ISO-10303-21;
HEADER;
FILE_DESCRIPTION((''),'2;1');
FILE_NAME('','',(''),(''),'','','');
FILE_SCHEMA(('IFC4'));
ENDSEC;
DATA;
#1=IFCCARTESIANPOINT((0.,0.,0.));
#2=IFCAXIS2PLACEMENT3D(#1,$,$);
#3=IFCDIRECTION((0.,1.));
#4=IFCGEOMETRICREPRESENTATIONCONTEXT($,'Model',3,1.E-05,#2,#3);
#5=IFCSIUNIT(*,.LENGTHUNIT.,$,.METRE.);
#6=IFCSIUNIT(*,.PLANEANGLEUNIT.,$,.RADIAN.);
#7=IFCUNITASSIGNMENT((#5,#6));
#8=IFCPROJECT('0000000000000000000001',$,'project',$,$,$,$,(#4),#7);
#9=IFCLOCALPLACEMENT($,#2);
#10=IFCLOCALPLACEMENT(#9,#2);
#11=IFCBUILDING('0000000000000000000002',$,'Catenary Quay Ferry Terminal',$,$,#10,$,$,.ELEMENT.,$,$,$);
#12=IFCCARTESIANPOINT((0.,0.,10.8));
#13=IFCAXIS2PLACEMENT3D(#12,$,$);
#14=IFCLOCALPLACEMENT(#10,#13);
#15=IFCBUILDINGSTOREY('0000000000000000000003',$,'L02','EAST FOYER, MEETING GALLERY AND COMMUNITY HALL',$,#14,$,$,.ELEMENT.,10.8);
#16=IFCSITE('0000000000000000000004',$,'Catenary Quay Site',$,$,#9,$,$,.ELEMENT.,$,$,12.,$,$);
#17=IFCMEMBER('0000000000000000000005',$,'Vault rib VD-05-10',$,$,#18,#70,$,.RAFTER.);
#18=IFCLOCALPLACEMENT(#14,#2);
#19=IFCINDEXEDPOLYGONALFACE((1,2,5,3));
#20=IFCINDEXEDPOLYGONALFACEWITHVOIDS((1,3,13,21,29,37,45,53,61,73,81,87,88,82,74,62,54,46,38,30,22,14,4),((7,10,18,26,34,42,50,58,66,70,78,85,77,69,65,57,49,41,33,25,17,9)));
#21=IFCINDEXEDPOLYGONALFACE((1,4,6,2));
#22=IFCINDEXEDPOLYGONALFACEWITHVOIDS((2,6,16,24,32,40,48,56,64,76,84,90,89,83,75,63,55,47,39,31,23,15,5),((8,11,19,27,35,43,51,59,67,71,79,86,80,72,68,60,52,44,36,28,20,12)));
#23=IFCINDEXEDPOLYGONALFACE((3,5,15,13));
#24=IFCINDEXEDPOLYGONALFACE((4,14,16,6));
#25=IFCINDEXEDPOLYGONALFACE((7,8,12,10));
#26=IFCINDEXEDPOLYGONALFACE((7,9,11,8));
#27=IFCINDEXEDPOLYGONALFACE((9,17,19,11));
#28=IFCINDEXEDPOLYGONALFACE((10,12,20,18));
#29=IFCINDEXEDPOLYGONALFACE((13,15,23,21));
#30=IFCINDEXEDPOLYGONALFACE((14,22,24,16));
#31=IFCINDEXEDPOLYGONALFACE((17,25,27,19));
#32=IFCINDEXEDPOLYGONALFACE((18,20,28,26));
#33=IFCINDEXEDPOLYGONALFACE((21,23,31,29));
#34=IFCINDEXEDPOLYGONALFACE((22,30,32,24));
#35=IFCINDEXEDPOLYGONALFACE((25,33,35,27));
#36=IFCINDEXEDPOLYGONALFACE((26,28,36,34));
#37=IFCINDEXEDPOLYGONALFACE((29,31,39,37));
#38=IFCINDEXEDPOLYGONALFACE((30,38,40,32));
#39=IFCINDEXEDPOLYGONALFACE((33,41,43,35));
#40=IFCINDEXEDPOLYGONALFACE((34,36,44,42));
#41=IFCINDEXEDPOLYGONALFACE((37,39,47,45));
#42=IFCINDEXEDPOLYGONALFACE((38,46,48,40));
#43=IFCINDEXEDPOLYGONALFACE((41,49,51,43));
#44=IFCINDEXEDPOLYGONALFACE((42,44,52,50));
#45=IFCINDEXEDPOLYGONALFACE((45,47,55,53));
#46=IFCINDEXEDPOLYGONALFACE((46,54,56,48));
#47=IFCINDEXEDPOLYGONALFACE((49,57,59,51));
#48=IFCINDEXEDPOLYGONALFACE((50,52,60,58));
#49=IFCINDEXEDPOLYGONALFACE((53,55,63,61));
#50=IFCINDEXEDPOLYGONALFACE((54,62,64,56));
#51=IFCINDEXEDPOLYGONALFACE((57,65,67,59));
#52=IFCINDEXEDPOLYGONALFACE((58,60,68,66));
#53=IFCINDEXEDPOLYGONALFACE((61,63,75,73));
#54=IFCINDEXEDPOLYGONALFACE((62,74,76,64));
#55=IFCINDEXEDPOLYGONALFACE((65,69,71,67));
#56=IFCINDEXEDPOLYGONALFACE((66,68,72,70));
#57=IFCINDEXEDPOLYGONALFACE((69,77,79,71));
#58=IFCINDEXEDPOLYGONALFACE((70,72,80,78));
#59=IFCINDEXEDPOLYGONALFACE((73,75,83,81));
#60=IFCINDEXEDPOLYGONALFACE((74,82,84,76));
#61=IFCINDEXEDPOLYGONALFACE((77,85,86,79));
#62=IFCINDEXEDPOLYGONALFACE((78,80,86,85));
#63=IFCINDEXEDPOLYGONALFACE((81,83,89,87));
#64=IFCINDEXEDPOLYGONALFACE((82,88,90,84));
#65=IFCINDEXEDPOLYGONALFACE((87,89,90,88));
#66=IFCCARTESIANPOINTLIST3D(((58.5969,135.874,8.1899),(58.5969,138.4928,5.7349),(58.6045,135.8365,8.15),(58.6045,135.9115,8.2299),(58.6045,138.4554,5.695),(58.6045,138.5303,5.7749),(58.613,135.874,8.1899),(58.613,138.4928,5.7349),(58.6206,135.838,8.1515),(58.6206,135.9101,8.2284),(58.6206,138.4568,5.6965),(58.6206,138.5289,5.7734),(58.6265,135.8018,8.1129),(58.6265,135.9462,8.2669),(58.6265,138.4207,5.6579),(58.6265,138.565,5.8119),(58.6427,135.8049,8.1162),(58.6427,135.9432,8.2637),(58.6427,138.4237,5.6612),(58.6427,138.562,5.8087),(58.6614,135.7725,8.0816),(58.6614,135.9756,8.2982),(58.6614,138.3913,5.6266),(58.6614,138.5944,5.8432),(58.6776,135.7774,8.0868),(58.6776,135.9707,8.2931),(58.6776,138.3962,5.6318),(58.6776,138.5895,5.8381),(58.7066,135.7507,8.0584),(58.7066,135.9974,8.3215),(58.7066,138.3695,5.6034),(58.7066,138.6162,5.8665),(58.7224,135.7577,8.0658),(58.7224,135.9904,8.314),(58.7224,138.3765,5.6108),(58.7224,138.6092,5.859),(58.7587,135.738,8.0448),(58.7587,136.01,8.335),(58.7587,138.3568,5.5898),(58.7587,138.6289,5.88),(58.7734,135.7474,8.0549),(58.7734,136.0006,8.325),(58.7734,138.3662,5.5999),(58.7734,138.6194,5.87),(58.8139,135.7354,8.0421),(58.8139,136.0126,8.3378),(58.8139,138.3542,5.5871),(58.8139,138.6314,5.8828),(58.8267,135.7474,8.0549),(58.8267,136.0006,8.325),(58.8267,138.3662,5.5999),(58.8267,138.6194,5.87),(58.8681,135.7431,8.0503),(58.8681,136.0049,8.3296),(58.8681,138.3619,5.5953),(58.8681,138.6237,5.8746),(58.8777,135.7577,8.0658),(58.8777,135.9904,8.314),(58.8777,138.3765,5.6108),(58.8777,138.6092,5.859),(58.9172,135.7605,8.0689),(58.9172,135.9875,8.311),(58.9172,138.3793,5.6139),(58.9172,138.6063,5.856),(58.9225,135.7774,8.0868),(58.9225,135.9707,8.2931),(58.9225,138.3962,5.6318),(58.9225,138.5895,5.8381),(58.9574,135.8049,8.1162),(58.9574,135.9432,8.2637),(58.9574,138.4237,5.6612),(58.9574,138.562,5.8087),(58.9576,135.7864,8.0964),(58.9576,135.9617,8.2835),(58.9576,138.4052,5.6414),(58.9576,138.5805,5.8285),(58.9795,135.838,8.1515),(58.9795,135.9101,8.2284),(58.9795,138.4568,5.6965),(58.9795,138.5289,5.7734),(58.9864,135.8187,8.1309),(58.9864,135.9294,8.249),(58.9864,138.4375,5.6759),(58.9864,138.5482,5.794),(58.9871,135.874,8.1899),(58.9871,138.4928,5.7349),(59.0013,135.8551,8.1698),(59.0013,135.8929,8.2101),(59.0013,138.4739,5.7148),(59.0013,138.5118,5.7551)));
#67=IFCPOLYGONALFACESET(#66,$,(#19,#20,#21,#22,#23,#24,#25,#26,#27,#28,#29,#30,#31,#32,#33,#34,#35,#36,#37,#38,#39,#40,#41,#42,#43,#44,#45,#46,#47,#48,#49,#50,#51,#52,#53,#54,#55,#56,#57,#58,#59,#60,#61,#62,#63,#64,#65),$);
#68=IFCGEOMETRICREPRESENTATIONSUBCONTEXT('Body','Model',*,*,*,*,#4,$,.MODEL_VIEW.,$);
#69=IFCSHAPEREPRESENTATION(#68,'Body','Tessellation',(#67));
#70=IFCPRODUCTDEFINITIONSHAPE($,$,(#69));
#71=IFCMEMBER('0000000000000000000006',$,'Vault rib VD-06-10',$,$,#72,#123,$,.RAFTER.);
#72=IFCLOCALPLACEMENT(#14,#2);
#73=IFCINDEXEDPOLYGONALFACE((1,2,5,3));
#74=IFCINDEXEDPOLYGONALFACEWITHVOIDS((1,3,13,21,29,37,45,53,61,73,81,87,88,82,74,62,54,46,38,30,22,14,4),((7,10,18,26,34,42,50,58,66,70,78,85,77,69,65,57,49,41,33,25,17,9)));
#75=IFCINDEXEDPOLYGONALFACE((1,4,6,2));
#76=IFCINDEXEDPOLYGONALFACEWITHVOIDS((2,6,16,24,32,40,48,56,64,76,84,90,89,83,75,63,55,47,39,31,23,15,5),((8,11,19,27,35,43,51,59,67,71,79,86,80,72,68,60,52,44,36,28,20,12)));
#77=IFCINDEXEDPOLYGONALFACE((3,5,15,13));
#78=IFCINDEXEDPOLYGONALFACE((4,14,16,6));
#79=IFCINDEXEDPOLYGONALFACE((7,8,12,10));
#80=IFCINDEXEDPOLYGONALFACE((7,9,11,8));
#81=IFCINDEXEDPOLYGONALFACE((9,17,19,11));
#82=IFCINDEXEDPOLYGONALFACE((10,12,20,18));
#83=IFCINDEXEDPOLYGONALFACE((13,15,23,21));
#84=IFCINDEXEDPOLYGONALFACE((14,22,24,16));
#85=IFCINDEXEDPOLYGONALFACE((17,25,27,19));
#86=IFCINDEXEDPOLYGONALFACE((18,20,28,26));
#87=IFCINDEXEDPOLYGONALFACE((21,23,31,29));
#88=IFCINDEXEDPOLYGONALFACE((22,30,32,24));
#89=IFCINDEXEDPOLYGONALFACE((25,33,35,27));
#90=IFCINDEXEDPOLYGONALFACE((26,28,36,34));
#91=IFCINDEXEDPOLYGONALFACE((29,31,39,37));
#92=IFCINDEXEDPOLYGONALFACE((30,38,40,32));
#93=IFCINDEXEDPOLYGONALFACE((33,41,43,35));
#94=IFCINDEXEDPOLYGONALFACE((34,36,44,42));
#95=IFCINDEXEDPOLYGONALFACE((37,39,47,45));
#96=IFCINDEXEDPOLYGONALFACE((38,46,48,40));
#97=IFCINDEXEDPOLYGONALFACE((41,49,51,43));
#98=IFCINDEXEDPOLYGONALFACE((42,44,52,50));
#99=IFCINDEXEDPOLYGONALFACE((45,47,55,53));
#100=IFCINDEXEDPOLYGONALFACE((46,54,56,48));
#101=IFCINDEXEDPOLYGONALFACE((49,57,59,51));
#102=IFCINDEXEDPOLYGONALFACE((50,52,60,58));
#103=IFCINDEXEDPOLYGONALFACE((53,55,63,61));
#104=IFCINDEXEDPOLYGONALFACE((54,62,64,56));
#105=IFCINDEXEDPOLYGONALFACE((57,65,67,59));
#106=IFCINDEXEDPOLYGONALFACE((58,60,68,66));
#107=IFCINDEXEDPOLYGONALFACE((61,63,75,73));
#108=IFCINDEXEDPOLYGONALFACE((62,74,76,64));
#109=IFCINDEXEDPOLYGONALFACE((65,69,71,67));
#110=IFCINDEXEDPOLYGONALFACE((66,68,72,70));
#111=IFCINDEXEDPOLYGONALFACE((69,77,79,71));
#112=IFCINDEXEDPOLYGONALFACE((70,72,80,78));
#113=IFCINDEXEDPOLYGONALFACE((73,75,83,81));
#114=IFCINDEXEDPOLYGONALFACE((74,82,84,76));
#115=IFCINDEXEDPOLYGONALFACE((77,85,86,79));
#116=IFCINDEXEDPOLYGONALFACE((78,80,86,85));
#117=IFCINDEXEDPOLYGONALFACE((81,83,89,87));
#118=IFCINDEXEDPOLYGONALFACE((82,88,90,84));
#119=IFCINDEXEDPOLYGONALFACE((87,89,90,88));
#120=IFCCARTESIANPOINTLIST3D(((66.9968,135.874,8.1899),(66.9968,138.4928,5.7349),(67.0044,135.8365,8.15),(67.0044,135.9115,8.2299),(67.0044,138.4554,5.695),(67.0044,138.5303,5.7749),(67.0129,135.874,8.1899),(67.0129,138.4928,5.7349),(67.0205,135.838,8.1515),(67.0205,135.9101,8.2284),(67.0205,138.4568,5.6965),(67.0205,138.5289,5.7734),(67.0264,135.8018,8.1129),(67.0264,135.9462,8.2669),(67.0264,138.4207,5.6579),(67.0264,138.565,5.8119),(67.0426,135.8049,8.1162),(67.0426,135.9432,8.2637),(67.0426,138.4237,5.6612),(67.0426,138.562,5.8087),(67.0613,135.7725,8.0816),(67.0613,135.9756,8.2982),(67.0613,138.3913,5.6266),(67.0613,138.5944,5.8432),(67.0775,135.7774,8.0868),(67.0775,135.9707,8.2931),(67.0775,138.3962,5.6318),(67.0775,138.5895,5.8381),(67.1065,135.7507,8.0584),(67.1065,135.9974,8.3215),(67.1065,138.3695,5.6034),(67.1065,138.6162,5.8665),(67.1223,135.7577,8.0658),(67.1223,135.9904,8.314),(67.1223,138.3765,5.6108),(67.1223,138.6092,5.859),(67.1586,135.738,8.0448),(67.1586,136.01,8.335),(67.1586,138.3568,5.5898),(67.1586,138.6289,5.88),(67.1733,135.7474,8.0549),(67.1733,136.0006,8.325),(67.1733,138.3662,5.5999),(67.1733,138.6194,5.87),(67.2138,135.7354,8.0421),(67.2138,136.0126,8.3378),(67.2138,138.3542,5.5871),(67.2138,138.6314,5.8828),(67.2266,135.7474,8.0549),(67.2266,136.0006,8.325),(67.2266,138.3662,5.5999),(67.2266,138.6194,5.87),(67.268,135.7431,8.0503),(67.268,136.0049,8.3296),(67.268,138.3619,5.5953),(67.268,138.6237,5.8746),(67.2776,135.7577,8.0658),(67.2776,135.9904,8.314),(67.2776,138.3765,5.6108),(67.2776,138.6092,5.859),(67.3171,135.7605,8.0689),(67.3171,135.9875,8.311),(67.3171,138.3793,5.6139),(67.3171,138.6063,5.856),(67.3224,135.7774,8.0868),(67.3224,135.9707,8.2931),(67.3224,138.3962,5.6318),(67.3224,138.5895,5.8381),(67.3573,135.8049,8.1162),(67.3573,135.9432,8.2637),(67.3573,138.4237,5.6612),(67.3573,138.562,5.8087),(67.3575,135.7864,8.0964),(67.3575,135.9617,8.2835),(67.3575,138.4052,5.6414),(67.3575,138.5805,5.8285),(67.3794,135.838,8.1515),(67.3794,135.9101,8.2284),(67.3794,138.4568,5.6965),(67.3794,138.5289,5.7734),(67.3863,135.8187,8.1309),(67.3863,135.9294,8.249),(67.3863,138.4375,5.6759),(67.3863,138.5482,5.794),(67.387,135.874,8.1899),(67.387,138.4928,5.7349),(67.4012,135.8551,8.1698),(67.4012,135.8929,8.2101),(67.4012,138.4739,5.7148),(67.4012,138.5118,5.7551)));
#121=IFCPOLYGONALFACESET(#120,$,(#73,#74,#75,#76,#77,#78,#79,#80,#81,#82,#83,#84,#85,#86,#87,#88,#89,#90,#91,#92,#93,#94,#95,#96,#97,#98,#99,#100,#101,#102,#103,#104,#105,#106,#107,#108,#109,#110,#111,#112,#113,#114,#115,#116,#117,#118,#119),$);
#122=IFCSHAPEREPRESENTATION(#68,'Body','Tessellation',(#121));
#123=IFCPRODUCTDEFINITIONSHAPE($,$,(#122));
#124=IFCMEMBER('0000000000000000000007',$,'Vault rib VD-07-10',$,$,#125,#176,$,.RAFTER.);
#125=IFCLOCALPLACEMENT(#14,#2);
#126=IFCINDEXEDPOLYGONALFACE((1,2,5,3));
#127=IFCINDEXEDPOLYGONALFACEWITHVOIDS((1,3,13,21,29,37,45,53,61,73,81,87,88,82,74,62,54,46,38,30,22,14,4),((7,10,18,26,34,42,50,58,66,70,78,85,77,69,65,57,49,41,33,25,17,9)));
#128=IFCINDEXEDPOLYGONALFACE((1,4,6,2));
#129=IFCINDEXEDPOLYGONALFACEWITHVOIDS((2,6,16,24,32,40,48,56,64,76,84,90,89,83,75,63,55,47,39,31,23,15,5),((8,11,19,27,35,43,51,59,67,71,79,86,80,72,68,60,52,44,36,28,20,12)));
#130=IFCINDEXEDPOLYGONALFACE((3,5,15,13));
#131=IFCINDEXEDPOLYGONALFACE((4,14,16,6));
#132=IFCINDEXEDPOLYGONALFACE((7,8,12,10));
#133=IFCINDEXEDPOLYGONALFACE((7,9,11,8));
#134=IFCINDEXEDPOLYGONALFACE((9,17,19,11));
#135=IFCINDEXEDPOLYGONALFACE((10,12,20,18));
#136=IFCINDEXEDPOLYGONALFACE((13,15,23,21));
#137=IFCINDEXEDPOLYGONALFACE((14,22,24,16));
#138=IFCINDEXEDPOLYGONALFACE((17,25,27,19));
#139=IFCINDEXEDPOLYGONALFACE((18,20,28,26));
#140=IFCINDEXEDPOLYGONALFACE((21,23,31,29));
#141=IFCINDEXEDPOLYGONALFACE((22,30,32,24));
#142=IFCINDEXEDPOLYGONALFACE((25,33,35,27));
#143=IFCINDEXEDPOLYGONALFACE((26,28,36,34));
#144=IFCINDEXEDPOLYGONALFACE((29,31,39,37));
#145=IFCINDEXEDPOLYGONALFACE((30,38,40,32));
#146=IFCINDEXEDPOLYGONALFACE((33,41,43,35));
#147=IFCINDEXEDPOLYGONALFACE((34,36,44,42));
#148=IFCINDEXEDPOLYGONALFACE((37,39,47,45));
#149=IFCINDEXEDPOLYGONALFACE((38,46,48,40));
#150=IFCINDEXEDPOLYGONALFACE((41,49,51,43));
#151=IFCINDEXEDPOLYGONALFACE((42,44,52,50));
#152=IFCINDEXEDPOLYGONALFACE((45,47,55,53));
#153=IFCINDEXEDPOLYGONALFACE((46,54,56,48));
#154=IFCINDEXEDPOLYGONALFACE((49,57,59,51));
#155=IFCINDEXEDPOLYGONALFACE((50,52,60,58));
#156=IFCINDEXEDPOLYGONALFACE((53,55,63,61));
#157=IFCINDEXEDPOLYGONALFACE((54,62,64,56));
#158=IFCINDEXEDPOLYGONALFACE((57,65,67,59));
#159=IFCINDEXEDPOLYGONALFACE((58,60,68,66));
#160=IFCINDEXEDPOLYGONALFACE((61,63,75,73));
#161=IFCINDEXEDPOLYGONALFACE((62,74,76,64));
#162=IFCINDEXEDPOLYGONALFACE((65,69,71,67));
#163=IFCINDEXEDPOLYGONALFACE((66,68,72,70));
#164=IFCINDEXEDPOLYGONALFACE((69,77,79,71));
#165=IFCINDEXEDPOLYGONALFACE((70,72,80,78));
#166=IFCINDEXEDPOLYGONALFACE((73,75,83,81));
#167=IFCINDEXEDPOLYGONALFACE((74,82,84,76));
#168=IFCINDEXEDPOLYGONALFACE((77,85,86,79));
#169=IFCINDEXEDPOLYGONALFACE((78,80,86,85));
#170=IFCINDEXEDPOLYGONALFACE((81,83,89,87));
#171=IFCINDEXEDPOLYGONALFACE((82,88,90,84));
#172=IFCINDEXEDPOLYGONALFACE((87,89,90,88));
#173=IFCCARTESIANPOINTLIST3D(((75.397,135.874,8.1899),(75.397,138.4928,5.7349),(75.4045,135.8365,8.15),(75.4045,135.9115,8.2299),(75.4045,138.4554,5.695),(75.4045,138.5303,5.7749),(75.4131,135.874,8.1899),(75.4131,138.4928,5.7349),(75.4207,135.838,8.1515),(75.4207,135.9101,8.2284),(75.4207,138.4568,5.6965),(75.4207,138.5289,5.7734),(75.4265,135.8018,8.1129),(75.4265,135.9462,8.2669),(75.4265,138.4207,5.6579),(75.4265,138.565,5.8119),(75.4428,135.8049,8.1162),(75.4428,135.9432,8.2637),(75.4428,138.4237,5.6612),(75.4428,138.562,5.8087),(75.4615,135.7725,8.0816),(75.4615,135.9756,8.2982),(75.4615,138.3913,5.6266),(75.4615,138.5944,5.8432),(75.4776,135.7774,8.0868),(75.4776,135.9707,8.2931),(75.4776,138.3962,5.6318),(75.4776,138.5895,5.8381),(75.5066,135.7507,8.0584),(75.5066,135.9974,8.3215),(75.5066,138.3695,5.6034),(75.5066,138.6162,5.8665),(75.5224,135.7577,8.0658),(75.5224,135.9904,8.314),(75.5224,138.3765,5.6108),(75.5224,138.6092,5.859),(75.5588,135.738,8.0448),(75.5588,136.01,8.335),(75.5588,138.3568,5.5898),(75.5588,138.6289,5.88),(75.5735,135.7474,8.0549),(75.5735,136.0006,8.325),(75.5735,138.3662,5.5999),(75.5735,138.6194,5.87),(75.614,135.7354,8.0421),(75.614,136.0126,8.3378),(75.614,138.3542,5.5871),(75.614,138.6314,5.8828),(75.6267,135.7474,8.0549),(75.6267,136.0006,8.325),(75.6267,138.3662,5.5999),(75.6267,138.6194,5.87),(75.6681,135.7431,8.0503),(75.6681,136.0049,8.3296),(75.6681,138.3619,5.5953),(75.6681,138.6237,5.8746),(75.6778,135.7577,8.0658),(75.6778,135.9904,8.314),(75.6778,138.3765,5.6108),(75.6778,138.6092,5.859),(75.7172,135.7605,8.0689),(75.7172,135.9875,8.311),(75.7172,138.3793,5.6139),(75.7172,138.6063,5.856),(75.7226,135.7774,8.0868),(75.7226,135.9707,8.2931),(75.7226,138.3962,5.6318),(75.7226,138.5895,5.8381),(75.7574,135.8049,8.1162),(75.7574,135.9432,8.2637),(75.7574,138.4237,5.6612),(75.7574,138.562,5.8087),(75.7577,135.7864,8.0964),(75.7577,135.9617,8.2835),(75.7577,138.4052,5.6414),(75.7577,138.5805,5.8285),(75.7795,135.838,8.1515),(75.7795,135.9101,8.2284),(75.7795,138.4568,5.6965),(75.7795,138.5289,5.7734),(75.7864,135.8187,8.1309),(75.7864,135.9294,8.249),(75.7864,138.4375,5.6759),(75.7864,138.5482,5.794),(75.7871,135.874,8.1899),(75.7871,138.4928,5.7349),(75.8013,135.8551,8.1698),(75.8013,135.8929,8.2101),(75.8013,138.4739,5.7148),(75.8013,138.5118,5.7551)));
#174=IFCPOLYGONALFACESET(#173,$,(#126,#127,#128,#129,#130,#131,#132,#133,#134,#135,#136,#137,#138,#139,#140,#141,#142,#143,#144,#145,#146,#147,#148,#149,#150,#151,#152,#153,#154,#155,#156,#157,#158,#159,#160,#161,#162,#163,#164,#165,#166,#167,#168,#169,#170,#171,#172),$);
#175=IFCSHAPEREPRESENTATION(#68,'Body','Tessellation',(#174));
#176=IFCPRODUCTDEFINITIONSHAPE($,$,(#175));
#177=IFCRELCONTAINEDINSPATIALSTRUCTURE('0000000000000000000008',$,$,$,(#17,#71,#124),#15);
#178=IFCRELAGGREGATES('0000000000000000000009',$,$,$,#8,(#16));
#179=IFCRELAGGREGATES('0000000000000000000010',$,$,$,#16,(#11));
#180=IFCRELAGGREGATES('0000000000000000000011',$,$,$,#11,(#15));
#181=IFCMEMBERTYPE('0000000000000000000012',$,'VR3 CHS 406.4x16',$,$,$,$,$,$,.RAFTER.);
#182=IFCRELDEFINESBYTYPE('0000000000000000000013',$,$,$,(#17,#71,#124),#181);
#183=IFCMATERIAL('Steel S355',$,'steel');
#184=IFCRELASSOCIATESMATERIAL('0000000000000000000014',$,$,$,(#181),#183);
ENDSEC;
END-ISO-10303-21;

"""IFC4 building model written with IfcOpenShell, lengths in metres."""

from ifc_helpers import new_model, si_unit, direction, frame, origin, origin_2d, place, context, subcontext, project, spatial, hollow_circle, extrude, material, material_profile, profile_set, type_object, element, save


model = new_model("IFC4")

# Units and contexts
model_context = context("Model", 3, precision=1e-05, world=origin(), true_north=direction((0.0, 1.0)))
body_context = subcontext(model_context, "Body", "Model", "MODEL_VIEW")
ifc_project = project(units=[si_unit("LENGTHUNIT", "METRE"), si_unit("PLANEANGLEUNIT", "RADIAN")], contexts=[model_context])

# Site, building, storey
site_placement = place(None, origin())
site = spatial("IfcSite", under=ifc_project, at=site_placement, Name="Catenary Quay Site", CompositionType="ELEMENT", RefElevation=12.0)
building_placement = place(site_placement, origin())
building = spatial("IfcBuilding", under=site, at=building_placement, Name="Catenary Quay Ferry Terminal", CompositionType="ELEMENT")
storey_placement = place(building_placement, frame((0.0, 0.0, 10.8)))
storey = spatial("IfcBuildingStorey", under=building, at=storey_placement, Name="L02", Description="EAST FOYER, MEETING GALLERY AND COMMUNITY HALL", CompositionType="ELEMENT", Elevation=10.8)

# Members
ifc_material_1 = material(Name="Steel S355", Category="steel")
ifc_material_profile_1 = material_profile(ifc_material_1, hollow_circle(Radius=0.2031, WallThickness=0.0161, at=origin_2d()), Name="CHS 406.4x16")
ifc_profile_set_1 = profile_set([ifc_material_profile_1], Name="Steel S355")
member_type_1 = type_object("IfcMemberType", Name="VR3 CHS 406.4x16", PredefinedType="RAFTER", material=ifc_profile_set_1)
for number, where, z_axis, x_axis, name in (
    (1, (58.8, 135.874, 8.1899), (0.0, 0.729556, -0.683921), (-1.0, 0.0, 0.0), "Vault rib VD-05-10"),
    (2, (67.2, 135.874, 8.1899), (0.0, 0.729556, -0.683921), (-1.0, 0.0, 0.0), "Vault rib VD-06-10"),
    (3, (75.6001, 135.874, 8.1899), (0.0, 0.729556, -0.683921), (-1.0, 0.0, 0.0), "Vault rib VD-07-10"),
):
    element("IfcMember", number, at=place(storey_placement, frame(where, z_axis=z_axis, x_axis=x_axis)), inside=storey, type_object=member_type_1, Name=name, PredefinedType="RAFTER", context=body_context, shape_type="SweptSolid", body=[
        extrude(hollow_circle(Radius=0.2031, WallThickness=0.0161, at=origin_2d()), origin(), (0.0, 0.0, 1.0), 3.5896),
    ])

save(model, "model.ifc")
